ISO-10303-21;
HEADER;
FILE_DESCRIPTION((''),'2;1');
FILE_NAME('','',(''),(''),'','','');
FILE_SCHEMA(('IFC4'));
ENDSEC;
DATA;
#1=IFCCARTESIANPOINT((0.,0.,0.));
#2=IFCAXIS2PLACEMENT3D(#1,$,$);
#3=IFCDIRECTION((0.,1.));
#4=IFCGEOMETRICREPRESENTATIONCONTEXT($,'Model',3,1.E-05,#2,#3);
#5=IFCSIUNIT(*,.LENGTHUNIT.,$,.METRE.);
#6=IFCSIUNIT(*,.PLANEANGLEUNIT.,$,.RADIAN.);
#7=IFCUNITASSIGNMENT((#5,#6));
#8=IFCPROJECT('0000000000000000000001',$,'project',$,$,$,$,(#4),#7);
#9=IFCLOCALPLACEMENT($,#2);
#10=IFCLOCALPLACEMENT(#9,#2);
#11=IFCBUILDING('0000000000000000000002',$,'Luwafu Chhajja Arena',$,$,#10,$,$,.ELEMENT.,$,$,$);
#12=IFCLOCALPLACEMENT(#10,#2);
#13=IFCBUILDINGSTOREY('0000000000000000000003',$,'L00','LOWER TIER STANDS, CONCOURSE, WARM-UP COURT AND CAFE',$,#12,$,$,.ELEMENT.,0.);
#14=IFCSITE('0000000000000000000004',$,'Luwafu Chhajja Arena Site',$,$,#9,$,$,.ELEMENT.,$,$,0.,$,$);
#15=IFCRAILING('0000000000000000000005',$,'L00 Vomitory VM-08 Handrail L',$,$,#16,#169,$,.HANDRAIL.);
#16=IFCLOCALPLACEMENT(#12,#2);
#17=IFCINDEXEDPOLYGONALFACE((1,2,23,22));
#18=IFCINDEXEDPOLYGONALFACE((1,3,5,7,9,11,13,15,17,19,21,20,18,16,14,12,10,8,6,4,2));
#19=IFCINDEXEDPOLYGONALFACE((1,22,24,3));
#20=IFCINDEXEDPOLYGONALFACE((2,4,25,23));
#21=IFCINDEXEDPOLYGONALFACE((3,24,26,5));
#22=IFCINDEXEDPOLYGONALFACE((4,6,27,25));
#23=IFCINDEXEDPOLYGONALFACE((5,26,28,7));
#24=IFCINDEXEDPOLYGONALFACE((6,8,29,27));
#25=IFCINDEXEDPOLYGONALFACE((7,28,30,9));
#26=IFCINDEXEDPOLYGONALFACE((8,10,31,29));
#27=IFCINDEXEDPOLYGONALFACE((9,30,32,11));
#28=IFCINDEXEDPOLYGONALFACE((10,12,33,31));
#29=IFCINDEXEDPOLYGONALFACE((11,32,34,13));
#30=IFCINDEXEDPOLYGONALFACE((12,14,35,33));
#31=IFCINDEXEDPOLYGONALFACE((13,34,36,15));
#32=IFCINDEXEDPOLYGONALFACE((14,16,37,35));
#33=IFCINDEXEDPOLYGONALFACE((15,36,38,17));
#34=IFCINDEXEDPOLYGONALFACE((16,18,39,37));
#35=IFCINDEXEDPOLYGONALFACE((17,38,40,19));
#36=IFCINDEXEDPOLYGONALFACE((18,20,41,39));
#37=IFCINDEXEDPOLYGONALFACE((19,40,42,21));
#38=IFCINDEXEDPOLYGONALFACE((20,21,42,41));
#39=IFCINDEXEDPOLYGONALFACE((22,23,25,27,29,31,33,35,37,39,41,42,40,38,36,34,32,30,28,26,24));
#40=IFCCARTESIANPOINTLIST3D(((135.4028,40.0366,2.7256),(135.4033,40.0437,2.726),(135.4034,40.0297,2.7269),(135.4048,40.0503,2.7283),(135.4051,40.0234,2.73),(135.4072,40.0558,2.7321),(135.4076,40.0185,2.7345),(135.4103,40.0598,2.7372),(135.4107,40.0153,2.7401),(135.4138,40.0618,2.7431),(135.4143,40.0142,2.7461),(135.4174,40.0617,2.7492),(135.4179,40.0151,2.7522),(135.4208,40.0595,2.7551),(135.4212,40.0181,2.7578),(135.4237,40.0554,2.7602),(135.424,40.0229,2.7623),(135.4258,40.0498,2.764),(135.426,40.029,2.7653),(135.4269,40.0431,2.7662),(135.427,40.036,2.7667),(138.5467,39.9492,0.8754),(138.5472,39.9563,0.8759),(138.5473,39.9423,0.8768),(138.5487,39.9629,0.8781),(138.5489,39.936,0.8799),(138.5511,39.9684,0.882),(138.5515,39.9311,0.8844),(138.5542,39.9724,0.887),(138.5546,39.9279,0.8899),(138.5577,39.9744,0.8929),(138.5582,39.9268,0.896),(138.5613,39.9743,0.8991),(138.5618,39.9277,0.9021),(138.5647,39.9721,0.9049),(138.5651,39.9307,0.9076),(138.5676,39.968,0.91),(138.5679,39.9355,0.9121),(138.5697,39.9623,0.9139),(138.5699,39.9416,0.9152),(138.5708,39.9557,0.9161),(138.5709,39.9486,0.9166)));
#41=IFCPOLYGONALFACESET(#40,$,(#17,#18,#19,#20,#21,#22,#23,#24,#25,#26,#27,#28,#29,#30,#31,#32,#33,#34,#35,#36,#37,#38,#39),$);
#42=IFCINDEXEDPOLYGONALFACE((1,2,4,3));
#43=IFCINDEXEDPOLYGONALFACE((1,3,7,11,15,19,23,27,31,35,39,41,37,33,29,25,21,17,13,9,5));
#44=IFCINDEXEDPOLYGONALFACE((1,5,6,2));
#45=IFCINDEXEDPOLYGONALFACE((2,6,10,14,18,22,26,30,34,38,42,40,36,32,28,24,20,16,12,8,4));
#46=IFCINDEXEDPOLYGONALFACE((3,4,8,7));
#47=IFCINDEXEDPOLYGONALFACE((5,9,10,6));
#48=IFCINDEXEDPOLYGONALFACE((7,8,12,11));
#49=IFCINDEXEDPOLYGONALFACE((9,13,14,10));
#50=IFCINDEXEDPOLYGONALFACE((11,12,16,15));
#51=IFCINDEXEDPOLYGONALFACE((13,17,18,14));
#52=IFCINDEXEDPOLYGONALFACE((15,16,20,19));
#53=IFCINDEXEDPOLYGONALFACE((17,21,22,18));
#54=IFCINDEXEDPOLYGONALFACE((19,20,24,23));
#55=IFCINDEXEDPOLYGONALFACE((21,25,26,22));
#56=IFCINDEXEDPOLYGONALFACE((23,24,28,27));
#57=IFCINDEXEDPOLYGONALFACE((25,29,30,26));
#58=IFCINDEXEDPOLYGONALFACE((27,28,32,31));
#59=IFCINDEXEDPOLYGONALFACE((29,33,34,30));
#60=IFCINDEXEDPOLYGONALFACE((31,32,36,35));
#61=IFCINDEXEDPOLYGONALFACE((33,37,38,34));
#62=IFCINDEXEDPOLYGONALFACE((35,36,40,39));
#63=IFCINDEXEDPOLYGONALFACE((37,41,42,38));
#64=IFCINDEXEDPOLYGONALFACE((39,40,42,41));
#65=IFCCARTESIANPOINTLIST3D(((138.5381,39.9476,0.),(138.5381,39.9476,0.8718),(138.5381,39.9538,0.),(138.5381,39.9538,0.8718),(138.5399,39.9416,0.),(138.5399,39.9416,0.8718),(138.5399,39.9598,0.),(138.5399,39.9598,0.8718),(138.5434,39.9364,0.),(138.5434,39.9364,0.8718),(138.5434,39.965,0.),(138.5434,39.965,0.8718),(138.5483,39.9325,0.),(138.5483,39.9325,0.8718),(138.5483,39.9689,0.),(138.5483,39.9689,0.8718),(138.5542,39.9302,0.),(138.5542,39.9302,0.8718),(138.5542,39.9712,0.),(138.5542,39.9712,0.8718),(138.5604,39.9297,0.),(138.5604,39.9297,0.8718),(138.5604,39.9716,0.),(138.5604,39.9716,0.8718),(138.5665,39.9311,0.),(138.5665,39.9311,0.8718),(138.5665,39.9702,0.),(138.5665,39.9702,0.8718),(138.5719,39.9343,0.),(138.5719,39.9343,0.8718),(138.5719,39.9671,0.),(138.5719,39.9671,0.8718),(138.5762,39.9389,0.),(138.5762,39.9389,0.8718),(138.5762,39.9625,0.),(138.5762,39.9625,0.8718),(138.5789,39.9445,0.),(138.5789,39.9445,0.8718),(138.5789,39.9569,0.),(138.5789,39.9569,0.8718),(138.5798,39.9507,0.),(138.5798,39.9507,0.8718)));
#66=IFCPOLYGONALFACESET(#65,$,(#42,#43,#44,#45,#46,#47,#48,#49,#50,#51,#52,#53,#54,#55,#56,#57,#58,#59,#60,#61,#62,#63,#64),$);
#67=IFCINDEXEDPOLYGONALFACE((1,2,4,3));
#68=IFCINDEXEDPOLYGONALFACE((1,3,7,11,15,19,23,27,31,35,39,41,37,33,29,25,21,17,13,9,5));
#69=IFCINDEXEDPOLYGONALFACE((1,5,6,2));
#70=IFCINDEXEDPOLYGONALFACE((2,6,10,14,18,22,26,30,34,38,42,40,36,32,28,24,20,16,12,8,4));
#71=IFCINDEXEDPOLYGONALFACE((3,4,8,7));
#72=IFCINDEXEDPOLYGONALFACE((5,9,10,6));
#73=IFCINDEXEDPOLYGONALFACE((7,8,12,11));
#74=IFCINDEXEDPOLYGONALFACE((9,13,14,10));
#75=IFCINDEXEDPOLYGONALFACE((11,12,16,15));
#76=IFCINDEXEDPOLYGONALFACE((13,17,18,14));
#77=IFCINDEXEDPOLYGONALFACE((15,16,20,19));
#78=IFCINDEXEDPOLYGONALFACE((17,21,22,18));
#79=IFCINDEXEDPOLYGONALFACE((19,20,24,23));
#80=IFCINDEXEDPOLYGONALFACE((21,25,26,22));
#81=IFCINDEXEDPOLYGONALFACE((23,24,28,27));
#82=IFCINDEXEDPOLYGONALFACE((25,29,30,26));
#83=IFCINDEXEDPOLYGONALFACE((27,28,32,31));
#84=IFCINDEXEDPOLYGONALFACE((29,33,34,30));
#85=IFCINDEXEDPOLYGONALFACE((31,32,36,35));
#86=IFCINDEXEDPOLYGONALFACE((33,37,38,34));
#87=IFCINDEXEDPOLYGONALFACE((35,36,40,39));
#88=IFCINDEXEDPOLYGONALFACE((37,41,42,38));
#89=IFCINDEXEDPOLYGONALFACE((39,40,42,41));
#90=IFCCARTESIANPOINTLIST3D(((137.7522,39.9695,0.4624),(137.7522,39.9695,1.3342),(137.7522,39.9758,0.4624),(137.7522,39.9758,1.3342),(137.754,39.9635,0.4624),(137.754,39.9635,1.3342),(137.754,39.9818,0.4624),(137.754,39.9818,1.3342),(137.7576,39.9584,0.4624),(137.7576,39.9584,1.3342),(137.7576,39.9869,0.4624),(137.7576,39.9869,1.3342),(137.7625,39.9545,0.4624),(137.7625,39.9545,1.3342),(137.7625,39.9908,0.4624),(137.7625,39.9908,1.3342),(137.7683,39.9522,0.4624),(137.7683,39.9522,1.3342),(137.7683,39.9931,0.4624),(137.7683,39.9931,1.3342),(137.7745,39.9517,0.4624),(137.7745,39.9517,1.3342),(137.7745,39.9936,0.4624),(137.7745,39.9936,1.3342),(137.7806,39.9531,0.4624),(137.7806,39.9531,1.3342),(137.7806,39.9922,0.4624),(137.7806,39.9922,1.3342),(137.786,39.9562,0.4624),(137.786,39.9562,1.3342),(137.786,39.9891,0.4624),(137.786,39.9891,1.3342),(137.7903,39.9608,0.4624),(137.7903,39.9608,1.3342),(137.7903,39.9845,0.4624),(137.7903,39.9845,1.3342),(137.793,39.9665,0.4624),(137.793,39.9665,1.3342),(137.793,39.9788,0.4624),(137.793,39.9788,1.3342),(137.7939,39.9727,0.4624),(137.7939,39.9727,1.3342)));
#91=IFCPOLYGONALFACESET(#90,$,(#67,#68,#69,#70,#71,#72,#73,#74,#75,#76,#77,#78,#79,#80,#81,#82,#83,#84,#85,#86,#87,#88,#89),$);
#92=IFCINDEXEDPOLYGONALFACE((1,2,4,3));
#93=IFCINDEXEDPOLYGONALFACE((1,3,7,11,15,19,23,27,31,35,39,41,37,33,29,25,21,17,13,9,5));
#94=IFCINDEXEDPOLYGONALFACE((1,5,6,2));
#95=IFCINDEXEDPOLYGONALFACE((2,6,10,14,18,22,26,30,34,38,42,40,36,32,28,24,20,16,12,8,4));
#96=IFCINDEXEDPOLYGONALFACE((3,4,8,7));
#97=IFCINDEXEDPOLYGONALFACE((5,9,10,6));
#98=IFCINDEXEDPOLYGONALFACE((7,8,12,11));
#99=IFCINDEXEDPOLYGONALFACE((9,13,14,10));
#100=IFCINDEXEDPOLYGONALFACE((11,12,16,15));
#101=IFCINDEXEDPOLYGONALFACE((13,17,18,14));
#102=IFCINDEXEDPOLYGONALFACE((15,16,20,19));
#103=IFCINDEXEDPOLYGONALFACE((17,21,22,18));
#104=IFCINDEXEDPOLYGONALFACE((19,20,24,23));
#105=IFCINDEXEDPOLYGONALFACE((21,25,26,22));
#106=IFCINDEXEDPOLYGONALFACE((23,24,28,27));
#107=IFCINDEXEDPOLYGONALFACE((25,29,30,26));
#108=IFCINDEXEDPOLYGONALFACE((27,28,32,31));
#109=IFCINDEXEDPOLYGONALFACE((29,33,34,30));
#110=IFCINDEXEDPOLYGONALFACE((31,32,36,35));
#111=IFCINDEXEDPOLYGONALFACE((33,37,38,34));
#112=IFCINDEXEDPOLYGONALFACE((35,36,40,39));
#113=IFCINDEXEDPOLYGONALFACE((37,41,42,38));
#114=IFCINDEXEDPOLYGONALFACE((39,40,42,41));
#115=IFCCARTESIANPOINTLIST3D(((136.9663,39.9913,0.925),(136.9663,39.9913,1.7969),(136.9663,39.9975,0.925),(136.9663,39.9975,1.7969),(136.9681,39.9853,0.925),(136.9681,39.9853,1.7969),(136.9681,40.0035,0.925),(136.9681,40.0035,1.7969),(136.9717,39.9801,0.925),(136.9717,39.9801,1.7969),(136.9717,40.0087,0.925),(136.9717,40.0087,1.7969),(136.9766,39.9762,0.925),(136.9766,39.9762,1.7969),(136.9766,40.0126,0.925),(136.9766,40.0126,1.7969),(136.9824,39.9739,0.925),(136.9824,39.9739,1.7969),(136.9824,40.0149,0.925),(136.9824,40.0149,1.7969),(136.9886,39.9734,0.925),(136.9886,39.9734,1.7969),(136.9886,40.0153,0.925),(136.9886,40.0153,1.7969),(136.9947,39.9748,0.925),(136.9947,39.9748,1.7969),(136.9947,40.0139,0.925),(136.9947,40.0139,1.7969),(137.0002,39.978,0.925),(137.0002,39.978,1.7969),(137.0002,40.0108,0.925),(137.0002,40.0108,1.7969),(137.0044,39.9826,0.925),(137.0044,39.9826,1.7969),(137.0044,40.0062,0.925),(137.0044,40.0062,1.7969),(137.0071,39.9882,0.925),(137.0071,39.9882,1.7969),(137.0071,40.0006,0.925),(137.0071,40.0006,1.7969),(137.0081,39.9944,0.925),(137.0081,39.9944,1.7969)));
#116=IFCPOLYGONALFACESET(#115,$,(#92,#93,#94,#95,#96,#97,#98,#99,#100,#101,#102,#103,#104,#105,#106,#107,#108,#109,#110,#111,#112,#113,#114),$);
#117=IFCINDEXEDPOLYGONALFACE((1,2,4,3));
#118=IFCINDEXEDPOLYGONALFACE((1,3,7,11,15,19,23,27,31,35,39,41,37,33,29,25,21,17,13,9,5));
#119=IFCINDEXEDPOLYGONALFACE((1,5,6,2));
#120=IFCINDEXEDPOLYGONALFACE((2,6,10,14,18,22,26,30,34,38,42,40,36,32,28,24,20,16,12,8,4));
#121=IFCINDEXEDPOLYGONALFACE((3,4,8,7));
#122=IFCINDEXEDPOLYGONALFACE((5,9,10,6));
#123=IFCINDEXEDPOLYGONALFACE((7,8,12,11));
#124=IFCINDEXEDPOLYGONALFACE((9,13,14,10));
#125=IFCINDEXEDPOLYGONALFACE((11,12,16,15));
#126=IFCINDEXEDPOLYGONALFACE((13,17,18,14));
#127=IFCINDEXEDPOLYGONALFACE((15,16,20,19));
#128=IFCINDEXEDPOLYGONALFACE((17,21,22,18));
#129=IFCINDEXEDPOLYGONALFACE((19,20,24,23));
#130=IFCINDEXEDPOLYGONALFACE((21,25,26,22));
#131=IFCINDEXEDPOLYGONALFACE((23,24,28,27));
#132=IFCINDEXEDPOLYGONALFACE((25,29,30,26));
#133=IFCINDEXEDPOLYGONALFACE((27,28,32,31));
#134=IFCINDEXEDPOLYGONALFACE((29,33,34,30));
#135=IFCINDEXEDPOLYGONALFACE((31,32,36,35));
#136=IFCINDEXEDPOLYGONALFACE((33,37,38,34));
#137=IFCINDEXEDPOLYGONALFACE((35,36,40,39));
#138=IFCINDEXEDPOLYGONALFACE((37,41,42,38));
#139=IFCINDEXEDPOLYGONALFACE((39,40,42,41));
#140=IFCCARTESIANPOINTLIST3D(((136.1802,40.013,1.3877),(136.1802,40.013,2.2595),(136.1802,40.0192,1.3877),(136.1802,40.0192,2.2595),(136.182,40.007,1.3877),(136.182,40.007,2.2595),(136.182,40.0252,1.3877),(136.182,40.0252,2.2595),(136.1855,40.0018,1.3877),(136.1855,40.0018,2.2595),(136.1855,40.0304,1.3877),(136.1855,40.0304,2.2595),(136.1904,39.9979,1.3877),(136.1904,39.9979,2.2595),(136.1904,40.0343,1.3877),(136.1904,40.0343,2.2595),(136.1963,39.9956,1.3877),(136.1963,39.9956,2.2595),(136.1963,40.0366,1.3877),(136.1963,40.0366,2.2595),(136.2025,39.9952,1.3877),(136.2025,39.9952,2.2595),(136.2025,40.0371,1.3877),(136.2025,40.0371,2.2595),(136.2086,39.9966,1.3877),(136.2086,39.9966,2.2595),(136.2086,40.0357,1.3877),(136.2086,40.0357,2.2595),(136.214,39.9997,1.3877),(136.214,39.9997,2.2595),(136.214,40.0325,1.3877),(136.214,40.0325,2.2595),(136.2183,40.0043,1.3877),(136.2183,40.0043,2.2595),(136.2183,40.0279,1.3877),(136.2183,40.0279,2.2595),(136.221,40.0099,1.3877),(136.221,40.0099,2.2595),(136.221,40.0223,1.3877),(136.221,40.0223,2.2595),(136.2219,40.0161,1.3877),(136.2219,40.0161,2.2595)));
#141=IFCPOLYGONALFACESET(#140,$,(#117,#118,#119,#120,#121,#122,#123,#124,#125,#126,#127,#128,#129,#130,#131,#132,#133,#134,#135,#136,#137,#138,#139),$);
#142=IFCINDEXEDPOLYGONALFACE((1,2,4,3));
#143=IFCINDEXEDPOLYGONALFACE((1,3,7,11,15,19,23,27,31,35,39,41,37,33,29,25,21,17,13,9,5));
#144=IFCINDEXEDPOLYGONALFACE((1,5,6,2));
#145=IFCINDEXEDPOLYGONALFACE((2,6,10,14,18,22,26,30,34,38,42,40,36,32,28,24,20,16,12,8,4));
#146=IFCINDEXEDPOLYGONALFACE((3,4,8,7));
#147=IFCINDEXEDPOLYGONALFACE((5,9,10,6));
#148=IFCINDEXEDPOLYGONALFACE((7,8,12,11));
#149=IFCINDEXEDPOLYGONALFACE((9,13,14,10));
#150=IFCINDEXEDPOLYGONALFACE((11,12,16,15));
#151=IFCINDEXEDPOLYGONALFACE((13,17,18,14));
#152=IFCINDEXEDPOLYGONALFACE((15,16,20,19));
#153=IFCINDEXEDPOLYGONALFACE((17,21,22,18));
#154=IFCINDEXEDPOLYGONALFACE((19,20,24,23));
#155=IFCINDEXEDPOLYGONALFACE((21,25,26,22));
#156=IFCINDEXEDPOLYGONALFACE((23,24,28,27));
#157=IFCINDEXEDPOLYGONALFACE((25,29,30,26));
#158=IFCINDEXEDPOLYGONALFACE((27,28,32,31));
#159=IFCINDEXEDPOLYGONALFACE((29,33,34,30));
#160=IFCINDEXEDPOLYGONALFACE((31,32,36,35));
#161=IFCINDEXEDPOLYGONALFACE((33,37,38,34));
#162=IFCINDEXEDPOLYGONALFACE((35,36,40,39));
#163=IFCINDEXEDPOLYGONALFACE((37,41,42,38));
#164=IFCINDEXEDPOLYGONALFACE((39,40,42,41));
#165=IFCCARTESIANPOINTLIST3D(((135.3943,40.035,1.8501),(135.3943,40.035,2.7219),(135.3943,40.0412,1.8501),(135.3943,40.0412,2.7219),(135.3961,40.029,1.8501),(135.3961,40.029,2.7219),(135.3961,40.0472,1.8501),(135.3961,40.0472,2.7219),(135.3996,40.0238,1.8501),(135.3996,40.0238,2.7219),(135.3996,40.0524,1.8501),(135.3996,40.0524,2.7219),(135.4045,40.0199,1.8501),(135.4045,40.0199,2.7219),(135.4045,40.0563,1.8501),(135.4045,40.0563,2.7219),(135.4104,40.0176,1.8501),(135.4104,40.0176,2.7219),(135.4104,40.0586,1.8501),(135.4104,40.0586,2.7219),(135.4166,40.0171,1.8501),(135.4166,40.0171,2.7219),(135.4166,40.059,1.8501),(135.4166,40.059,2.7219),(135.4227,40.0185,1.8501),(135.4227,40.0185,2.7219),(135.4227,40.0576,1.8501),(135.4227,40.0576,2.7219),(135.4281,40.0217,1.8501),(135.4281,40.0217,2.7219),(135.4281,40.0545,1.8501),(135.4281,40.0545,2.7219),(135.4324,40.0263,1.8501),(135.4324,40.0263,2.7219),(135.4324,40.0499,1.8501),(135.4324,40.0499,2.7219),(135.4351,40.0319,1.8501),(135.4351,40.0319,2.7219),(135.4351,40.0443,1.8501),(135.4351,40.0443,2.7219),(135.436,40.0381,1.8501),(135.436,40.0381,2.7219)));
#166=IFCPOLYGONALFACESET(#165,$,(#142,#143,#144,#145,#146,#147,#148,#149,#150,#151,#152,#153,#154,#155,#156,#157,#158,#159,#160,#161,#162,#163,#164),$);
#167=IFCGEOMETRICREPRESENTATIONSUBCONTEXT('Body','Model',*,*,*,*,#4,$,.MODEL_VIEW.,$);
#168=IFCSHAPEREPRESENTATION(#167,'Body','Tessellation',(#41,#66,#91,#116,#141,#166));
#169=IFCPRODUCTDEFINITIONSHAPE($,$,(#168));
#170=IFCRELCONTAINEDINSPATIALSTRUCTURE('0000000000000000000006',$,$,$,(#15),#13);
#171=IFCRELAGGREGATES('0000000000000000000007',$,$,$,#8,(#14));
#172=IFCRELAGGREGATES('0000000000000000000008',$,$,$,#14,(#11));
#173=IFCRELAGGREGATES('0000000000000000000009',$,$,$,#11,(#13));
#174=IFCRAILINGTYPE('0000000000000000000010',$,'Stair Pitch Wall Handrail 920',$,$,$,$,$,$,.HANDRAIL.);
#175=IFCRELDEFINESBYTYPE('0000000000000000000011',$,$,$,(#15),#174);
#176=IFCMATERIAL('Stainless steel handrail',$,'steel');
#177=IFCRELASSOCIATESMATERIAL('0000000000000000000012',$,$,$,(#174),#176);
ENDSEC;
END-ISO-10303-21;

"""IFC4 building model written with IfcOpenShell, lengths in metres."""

from ifc_helpers import new_model, si_unit, direction, frame, origin, origin_2d, place, context, subcontext, project, spatial, circle, extrude, material, type_object, element, save


model = new_model("IFC4")

# Units and contexts
model_context = context("Model", 3, precision=1e-05, world=origin(), true_north=direction((0.0, 1.0)))
body_context = subcontext(model_context, "Body", "Model", "MODEL_VIEW")
ifc_project = project(units=[si_unit("LENGTHUNIT", "METRE"), si_unit("PLANEANGLEUNIT", "RADIAN")], contexts=[model_context])

# Site, building, storey
site_placement = place(None, origin())
site = spatial("IfcSite", under=ifc_project, at=site_placement, Name="Luwafu Chhajja Arena Site", CompositionType="ELEMENT", RefElevation=0.0)
building_placement = place(site_placement, origin())
building = spatial("IfcBuilding", under=site, at=building_placement, Name="Luwafu Chhajja Arena", CompositionType="ELEMENT")
storey_placement = place(building_placement, origin())
storey = spatial("IfcBuildingStorey", under=building, at=storey_placement, Name="L00", Description="LOWER TIER STANDS, CONCOURSE, WARM-UP COURT AND CAFE", CompositionType="ELEMENT", Elevation=0.0)

# Railing
ifc_material_1 = material(Name="Stainless steel handrail", Category="steel")
railing_type_1 = type_object("IfcRailingType", Name="Stair Pitch Wall Handrail 920", PredefinedType="HANDRAIL", material=ifc_material_1)
railing_1_placement = place(storey_placement, frame((138.5588, 39.9507, 0.0)))
element("IfcRailing", 1, at=railing_1_placement, inside=storey, type_object=railing_type_1, Name="L00 Vomitory VM-08 Handrail L", PredefinedType="HANDRAIL", context=body_context, shape_type="SweptSolid", body=[
    extrude(circle(Radius=0.0239, at=origin_2d()), frame((0.0, 0.0, 0.896), z_axis=(-0.861591, 0.023954, 0.507038), x_axis=(-0.027791, -0.999614, 0.0)), (0.0, 0.0, 1.0), 3.6489),
    extrude(circle(Radius=0.021, at=origin_2d()), origin(), (0.0, 0.0, 1.0), 0.8718),
    extrude(circle(Radius=0.021, at=origin_2d()), frame((-0.7859, 0.022, 0.4624)), (0.0, 0.0, 1.0), 0.8718),
    extrude(circle(Radius=0.021, at=origin_2d()), frame((-1.5718, 0.0437, 0.925)), (0.0, 0.0, 1.0), 0.8718),
    extrude(circle(Radius=0.021, at=origin_2d()), frame((-2.3579, 0.0654, 1.3877)), (0.0, 0.0, 1.0), 0.8718),
    extrude(circle(Radius=0.021, at=origin_2d()), frame((-3.1438, 0.0874, 1.8501)), (0.0, 0.0, 1.0), 0.8718),
])

save(model, "model.ifc")
